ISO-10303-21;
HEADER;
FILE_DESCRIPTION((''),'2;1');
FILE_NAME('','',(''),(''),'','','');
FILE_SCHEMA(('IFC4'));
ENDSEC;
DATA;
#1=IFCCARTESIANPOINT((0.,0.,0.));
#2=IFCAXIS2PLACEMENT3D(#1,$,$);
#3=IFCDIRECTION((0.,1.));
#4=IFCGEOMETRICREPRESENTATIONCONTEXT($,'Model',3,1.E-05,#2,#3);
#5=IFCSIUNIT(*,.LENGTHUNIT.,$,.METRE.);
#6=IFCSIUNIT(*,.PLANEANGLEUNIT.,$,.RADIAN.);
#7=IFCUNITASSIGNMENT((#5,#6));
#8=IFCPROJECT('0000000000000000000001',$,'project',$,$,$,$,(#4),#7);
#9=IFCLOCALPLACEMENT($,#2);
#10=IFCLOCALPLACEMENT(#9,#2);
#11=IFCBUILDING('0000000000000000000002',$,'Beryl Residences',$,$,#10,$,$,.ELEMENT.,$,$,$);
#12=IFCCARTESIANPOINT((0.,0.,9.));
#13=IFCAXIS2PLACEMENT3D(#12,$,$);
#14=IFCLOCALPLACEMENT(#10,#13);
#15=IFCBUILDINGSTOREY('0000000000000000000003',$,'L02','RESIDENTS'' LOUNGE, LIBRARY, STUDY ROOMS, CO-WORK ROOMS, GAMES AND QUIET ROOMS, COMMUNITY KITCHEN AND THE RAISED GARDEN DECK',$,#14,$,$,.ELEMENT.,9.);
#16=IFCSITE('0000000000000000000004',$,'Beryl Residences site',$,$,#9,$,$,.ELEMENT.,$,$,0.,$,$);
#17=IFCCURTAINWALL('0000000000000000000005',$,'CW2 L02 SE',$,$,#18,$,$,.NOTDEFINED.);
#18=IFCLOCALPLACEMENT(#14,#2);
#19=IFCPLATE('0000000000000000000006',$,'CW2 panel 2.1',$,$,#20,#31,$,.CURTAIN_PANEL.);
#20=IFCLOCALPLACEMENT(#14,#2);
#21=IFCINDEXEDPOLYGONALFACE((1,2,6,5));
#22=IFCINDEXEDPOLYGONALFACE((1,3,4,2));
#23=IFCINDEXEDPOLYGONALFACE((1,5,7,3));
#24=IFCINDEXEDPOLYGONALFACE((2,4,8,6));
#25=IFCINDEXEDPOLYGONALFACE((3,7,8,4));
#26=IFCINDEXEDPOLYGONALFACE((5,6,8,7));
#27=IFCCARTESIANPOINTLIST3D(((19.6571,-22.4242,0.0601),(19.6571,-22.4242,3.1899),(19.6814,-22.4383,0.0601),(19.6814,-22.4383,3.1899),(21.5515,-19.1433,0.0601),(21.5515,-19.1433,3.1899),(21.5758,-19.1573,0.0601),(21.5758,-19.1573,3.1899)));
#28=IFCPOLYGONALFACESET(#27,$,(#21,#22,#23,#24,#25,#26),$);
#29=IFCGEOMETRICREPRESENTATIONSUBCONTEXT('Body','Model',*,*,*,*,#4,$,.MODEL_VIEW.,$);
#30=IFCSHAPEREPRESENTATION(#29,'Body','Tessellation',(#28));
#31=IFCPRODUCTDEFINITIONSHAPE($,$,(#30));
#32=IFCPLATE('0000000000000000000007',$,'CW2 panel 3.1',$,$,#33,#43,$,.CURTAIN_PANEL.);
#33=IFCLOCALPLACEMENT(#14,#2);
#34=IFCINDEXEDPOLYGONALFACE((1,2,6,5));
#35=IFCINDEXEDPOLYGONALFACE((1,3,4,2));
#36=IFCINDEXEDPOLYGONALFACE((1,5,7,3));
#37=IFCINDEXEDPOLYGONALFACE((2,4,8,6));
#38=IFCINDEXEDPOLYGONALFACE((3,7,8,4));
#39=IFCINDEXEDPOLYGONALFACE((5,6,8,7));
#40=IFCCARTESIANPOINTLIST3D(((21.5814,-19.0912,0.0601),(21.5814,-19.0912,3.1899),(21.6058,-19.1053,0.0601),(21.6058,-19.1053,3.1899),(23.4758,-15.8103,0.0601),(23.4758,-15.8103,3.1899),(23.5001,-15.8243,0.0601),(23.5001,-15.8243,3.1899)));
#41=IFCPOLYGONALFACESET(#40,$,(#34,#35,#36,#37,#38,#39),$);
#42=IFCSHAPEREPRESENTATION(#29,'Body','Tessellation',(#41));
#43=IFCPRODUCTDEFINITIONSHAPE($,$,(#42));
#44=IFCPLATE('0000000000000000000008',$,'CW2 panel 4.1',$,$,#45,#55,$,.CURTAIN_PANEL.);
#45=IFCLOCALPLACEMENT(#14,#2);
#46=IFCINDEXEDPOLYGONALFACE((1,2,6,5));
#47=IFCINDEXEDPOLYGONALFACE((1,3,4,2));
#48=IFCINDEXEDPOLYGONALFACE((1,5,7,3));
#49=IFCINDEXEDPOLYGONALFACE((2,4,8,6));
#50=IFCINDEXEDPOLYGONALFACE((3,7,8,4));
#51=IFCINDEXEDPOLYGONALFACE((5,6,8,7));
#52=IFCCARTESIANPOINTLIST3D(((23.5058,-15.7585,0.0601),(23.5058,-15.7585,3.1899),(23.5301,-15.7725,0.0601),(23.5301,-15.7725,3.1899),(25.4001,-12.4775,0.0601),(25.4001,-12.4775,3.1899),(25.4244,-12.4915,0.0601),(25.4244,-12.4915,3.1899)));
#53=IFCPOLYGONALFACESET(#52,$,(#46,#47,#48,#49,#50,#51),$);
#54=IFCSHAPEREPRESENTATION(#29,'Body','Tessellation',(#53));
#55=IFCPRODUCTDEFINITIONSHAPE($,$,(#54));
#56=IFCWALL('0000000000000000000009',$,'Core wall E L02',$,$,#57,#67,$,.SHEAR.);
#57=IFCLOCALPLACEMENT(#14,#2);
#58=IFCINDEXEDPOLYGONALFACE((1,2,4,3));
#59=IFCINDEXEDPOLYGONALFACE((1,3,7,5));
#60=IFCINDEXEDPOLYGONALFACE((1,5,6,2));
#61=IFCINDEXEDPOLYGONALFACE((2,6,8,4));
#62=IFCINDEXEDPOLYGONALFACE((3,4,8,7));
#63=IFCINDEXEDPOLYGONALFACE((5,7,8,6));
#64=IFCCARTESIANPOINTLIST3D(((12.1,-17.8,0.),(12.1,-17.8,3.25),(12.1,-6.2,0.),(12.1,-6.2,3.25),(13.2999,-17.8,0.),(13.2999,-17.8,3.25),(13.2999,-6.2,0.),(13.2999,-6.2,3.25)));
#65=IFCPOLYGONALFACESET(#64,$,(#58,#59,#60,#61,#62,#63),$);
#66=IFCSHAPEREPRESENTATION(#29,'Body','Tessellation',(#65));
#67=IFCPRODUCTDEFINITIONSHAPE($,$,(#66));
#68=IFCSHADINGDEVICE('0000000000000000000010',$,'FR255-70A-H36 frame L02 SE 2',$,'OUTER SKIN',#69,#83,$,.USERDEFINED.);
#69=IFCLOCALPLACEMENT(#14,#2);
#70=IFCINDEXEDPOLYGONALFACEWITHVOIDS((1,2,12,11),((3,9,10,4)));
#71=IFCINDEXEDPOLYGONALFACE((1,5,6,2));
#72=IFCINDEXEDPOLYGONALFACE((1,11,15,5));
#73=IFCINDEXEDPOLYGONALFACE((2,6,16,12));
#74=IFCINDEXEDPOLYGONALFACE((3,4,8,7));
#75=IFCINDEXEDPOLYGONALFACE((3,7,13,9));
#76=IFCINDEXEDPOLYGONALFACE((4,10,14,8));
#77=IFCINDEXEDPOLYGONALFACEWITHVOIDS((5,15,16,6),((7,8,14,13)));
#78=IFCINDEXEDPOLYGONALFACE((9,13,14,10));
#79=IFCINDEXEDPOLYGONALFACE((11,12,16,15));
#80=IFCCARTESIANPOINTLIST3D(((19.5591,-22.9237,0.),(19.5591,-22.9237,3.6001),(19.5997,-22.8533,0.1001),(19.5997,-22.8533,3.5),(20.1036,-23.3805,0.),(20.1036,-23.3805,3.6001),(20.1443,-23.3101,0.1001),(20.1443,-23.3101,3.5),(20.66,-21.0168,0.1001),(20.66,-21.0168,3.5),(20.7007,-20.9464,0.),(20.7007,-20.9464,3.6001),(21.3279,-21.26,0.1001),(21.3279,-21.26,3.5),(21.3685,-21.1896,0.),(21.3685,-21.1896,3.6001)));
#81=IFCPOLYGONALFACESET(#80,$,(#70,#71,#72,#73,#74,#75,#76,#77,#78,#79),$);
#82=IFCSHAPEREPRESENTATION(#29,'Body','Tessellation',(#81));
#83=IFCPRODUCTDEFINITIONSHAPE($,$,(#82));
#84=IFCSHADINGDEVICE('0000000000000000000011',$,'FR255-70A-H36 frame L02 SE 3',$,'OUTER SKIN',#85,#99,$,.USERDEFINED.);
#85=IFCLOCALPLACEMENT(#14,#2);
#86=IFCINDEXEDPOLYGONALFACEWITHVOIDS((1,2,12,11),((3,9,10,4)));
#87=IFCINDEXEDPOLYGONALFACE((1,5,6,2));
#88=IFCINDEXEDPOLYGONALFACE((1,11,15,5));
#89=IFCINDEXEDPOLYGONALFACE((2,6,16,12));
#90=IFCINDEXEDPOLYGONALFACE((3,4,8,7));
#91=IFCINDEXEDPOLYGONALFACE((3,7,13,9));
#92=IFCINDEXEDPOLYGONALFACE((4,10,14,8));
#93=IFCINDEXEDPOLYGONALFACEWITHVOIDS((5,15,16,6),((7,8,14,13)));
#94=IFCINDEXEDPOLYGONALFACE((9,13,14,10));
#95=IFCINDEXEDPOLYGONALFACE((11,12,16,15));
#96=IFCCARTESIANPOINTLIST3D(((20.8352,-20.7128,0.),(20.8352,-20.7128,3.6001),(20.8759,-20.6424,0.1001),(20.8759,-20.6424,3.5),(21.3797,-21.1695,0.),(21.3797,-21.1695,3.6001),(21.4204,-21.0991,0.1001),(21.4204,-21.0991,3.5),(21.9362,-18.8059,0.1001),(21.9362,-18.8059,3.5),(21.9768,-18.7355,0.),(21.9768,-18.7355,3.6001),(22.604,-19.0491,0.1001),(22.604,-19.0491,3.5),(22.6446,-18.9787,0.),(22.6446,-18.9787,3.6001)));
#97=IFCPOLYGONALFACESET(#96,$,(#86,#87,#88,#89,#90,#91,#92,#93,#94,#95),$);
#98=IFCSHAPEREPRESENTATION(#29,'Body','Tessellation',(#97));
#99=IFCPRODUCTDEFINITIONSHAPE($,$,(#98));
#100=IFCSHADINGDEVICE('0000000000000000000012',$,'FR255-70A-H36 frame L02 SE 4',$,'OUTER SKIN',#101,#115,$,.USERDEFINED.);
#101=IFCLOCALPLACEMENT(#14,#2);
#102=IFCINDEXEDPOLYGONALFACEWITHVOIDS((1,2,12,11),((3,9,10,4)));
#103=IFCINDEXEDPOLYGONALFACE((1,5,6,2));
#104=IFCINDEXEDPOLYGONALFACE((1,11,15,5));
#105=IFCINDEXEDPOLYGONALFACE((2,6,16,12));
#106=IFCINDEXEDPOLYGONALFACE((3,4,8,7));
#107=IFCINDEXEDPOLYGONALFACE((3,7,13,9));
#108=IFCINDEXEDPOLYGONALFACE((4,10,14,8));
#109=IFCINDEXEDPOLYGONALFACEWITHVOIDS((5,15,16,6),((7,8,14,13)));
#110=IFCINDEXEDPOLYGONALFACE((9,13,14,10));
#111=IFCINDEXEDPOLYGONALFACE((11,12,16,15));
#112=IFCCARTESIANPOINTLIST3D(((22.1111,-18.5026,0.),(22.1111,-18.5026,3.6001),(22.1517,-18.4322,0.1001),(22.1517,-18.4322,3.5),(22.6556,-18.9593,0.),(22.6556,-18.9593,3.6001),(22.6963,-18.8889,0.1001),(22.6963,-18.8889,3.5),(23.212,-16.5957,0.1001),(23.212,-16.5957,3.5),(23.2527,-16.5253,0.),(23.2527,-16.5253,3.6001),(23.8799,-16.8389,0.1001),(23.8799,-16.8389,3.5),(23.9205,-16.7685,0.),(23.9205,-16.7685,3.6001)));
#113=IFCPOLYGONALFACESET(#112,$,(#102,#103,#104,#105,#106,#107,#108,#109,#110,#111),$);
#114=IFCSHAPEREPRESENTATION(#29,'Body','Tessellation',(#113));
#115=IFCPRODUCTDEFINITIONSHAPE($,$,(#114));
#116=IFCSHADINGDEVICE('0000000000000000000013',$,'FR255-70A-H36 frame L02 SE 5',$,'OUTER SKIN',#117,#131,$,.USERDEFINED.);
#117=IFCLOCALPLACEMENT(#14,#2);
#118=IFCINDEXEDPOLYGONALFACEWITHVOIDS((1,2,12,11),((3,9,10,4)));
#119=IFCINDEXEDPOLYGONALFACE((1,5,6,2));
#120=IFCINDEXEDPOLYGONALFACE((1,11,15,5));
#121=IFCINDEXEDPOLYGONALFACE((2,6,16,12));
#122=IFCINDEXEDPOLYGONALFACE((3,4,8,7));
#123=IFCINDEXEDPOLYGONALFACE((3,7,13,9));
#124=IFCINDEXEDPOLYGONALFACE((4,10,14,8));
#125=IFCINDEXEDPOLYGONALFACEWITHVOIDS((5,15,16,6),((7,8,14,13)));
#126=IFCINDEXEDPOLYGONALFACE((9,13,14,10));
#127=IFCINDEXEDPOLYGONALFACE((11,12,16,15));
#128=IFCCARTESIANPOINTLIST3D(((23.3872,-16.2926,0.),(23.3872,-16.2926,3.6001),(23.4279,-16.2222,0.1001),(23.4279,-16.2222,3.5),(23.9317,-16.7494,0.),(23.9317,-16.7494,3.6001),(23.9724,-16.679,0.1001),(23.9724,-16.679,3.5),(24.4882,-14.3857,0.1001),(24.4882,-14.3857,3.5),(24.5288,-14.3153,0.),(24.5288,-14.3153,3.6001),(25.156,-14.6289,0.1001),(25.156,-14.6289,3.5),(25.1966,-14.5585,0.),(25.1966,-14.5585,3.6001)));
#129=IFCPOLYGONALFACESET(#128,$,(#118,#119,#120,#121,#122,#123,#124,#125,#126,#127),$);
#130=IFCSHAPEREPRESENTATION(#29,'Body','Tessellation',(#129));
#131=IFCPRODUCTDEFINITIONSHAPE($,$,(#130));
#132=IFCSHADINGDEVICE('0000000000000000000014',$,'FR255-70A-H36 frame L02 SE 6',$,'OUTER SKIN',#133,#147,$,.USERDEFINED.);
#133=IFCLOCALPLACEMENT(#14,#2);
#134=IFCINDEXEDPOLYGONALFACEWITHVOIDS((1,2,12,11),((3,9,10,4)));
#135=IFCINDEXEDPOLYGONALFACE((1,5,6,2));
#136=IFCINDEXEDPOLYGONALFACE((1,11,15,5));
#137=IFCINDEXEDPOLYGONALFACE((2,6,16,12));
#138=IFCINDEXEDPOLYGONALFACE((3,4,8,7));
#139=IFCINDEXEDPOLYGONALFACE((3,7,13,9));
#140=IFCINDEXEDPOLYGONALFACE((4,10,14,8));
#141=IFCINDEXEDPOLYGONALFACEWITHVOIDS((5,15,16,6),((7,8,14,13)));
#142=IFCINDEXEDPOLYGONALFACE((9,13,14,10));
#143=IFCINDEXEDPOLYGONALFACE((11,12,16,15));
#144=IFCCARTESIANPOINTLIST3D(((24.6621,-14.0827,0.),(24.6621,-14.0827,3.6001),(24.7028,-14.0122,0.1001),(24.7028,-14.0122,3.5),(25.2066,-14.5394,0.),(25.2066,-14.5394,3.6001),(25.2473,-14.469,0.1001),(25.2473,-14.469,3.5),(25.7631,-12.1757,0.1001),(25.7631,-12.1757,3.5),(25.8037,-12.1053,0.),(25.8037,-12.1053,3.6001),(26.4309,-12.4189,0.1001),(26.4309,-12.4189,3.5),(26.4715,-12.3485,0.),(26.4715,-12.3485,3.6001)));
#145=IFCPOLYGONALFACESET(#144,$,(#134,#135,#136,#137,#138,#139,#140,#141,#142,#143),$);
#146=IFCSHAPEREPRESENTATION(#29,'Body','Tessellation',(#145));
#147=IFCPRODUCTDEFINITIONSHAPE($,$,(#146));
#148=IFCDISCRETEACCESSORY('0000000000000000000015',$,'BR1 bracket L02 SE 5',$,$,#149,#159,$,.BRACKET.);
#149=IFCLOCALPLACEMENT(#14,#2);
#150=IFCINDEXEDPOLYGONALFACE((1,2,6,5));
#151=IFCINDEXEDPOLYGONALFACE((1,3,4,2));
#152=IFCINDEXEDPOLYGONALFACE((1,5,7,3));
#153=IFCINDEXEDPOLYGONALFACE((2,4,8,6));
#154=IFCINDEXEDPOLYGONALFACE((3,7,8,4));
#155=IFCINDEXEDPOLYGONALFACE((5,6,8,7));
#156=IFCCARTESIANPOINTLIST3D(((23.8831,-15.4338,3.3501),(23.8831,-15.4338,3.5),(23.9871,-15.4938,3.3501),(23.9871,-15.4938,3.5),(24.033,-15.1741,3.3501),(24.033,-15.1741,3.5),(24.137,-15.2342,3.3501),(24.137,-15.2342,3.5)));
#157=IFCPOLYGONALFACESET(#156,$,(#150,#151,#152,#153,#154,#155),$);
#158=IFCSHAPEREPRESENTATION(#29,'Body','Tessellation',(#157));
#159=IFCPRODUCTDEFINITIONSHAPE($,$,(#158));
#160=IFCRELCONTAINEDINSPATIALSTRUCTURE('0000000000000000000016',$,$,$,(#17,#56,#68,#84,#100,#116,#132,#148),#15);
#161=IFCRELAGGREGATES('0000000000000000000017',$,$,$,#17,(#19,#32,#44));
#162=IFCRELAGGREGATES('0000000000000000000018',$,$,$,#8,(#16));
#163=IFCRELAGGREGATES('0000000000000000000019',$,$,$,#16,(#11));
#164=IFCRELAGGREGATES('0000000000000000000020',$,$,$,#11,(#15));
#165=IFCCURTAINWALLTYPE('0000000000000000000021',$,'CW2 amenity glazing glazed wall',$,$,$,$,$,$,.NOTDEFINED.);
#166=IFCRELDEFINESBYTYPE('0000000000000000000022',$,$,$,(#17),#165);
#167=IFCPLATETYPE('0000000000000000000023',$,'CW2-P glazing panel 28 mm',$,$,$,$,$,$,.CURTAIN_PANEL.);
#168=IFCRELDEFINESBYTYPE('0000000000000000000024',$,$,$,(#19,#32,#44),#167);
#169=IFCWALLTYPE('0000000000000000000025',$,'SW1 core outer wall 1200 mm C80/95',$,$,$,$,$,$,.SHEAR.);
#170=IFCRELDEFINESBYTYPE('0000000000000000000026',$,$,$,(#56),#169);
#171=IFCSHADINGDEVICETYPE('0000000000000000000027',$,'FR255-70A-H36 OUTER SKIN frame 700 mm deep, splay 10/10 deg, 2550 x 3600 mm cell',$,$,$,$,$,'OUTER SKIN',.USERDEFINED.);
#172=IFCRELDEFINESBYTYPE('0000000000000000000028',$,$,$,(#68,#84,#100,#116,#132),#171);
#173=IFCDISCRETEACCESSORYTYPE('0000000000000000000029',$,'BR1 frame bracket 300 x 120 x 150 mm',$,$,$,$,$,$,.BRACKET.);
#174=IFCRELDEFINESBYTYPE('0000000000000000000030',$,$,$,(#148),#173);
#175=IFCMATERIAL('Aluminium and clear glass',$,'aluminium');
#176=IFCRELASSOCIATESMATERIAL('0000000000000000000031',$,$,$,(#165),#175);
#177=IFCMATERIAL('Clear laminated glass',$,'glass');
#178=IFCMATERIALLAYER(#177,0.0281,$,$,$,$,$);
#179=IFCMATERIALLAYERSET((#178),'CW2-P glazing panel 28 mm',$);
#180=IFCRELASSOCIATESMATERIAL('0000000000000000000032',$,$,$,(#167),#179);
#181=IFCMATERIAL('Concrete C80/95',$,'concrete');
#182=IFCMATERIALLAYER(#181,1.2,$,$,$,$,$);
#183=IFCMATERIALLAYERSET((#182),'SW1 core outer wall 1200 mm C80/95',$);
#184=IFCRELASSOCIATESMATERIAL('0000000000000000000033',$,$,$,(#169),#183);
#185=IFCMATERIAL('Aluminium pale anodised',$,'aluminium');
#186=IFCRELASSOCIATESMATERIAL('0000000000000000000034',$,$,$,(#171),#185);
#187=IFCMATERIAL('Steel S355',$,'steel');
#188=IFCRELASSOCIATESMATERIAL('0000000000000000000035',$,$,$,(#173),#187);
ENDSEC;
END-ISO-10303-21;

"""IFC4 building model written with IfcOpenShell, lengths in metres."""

from ifc_helpers import new_model, entity, si_unit, direction, frame, frame_2d, origin, origin_2d, place, context, subcontext, project, spatial, polyline, rectangle, outline, extrude, source, transform, mapped, material, layer, layer_set, type_object, type_shapes, element, aggregate, save


model = new_model("IFC4")

# Units and contexts
model_context = context("Model", 3, precision=1e-05, world=origin(), true_north=direction((0.0, 1.0)))
body_context = subcontext(model_context, "Body", "Model", "MODEL_VIEW")
ifc_project = project(units=[si_unit("LENGTHUNIT", "METRE"), si_unit("PLANEANGLEUNIT", "RADIAN")], contexts=[model_context])

# Site, building, storey
site_placement = place(None, origin())
site = spatial("IfcSite", under=ifc_project, at=site_placement, Name="Beryl Residences site", CompositionType="ELEMENT", RefElevation=0.0)
building_placement = place(site_placement, origin())
building = spatial("IfcBuilding", under=site, at=building_placement, Name="Beryl Residences", CompositionType="ELEMENT")
storey_placement = place(building_placement, frame((0.0, 0.0, 9.0)))
storey = spatial("IfcBuildingStorey", under=building, at=storey_placement, Name="L02", Description="RESIDENTS' LOUNGE, LIBRARY, STUDY ROOMS, CO-WORK ROOMS, GAMES AND QUIET ROOMS, COMMUNITY KITCHEN AND THE RAISED GARDEN DECK", CompositionType="ELEMENT", Elevation=9.0)

# Curtain wall
ifc_material_1 = material(Name="Aluminium and clear glass", Category="aluminium")
curtain_wall_type = type_object("IfcCurtainWallType", Name="CW2 amenity glazing glazed wall", PredefinedType="NOTDEFINED", material=ifc_material_1)
curtain_wall_placement = place(storey_placement, origin())
curtain_wall = element("IfcCurtainWall", 1, at=curtain_wall_placement, inside=storey, type_object=curtain_wall_type, Name="CW2 L02 SE", PredefinedType="NOTDEFINED")

# Plates
ifc_material_2 = material(Name="Clear laminated glass", Category="glass")
ifc_layer_1 = layer(ifc_material_2, 0.0281)
ifc_layer_set_1 = layer_set([ifc_layer_1], Name="CW2-P glazing panel 28 mm")
plate_type = type_object("IfcPlateType", Name="CW2-P glazing panel 28 mm", PredefinedType="CURTAIN_PANEL", material=ifc_layer_set_1)
plate_1_placement = place(storey_placement, frame((20.6165, -20.7908, 0.0601), z_axis=(0.0, 0.0, 1.0), x_axis=(0.500012, 0.866019, 0.0)))
plate_1 = element("IfcPlate", 2, at=plate_1_placement, type_object=plate_type, Name="CW2 panel 2.1", PredefinedType="CURTAIN_PANEL", context=body_context, shape_type="SweptSolid", body=[
    extrude(rectangle(XDim=3.7886, YDim=0.0281, at=origin_2d()), origin(), (0.0, 0.0, 1.0), 3.1299),
])
plate_2_placement = place(storey_placement, frame((22.5408, -17.4578, 0.0601), z_axis=(0.0, 0.0, 1.0), x_axis=(0.500012, 0.866019, 0.0)))
plate_2 = element("IfcPlate", 3, at=plate_2_placement, type_object=plate_type, Name="CW2 panel 3.1", PredefinedType="CURTAIN_PANEL", context=body_context, shape_type="SweptSolid", body=[
    extrude(rectangle(XDim=3.7886, YDim=0.0281, at=origin_2d()), origin(), (0.0, 0.0, 1.0), 3.1299),
])
plate_3_placement = place(storey_placement, frame((24.4651, -14.125, 0.0601), z_axis=(0.0, 0.0, 1.0), x_axis=(0.500012, 0.866019, 0.0)))
plate_3 = element("IfcPlate", 4, at=plate_3_placement, type_object=plate_type, Name="CW2 panel 4.1", PredefinedType="CURTAIN_PANEL", context=body_context, shape_type="SweptSolid", body=[
    extrude(rectangle(XDim=3.7886, YDim=0.0281, at=origin_2d()), origin(), (0.0, 0.0, 1.0), 3.1299),
])
aggregate(curtain_wall, [plate_1, plate_2, plate_3])

# Wall
ifc_material_3 = material(Name="Concrete C80/95", Category="concrete")
ifc_layer_2 = layer(ifc_material_3, 1.2)
ifc_layer_set_2 = layer_set([ifc_layer_2], Name="SW1 core outer wall 1200 mm C80/95")
wall_type = type_object("IfcWallType", Name="SW1 core outer wall 1200 mm C80/95", PredefinedType="SHEAR", material=ifc_layer_set_2)
wall_placement = place(storey_placement, frame((12.7, -17.8, 0.0), z_axis=(0.0, 0.0, 1.0), x_axis=(0.0, 1.0, 0.0)))
element("IfcWall", 5, at=wall_placement, inside=storey, type_object=wall_type, Name="Core wall E L02", PredefinedType="SHEAR", context=body_context, shape_type="SweptSolid", body=[
    extrude(rectangle(XDim=11.6001, YDim=1.2, at=frame_2d((5.8, 0.0))), origin(), (0.0, 0.0, 1.0), 3.25),
])

# Shading devices
ifc_material_4 = material(Name="Aluminium pale anodised", Category="aluminium")
shading_device_type = type_object("IfcShadingDeviceType", Name="FR255-70A-H36 OUTER SKIN frame 700 mm deep, splay 10/10 deg, 2550 x 3600 mm cell", ElementType="OUTER SKIN", PredefinedType="USERDEFINED", material=ifc_material_4)
cartesian_point_1 = entity("IfcCartesianPoint", [-1.1416, 0.0])
cartesian_point_2 = entity("IfcCartesianPoint", [-1.0603, 0.1001])
cartesian_point_3 = entity("IfcCartesianPoint", [-1.2649, 0.0])
cartesian_point_4 = entity("IfcCartesianPoint", [-1.1836, 0.1001])
shared_shape_1 = source(origin(), body_context, "Body", "SweptSolid", [
    entity("IfcExtrudedAreaSolidTapered", entity("IfcArbitraryProfileDefWithVoids", "AREA", None, entity("IfcPolyline", [cartesian_point_1, entity("IfcCartesianPoint", [1.1416, 0.0]), entity("IfcCartesianPoint", [1.1416, 3.6001]), entity("IfcCartesianPoint", [-1.1416, 3.6001]), cartesian_point_1]), [entity("IfcPolyline", [cartesian_point_2, entity("IfcCartesianPoint", [1.0603, 0.1001]), entity("IfcCartesianPoint", [1.0603, 3.5]), entity("IfcCartesianPoint", [-1.0603, 3.5]), cartesian_point_2])]), entity("IfcAxis2Placement3D", entity("IfcCartesianPoint", [0.0, 0.0, 0.0]), entity("IfcDirection", [0.0, 1.0, 0.0]), entity("IfcDirection", [-1.0, 0.0, 0.0])), entity("IfcDirection", [0.0, 0.0, 1.0]), 0.7, entity("IfcArbitraryProfileDefWithVoids", "AREA", None, entity("IfcPolyline", [cartesian_point_3, entity("IfcCartesianPoint", [1.2649, 0.0]), entity("IfcCartesianPoint", [1.2649, 3.6001]), entity("IfcCartesianPoint", [-1.2649, 3.6001]), cartesian_point_3]), [entity("IfcPolyline", [cartesian_point_4, entity("IfcCartesianPoint", [1.1836, 0.1001]), entity("IfcCartesianPoint", [1.1836, 3.5]), entity("IfcCartesianPoint", [-1.1836, 3.5]), cartesian_point_4])])),
])
type_shapes(shading_device_type, [shared_shape_1])
for number, where, z_axis, x_axis, name in (
    (6, (20.1299, -21.9351, 0.0), (0.0, 0.0, 1.0), (-0.5, -0.866025, 0.0), "FR255-70A-H36 frame L02 SE 2"),
    (7, (21.406, -19.7241, 0.0), (0.0, 0.0, 1.0), (-0.5, -0.866025, 0.0), "FR255-70A-H36 frame L02 SE 3"),
    (8, (22.6819, -17.5139, 0.0), (0.0, 0.0, 1.0), (-0.5, -0.866025, 0.0), "FR255-70A-H36 frame L02 SE 4"),
    (9, (23.958, -15.304, 0.0), (0.0, 0.0, 1.0), (-0.5, -0.866025, 0.0), "FR255-70A-H36 frame L02 SE 5"),
    (10, (25.2329, -13.094, 0.0), (0.0, 0.0, 1.0), (-0.5, -0.866025, 0.0), "FR255-70A-H36 frame L02 SE 6"),
):
    element("IfcShadingDevice", number, at=place(storey_placement, frame(where, z_axis=z_axis, x_axis=x_axis)), inside=storey, type_object=shading_device_type, Name=name, ObjectType="OUTER SKIN", PredefinedType="USERDEFINED", context=body_context, shape_type="MappedRepresentation", body=[
        mapped(shared_shape_1, transform((0.0, 0.0, 0.0))),
    ])

# Discrete accessory
ifc_material_5 = material(Name="Steel S355", Category="steel")
discrete_accessory_type = type_object("IfcDiscreteAccessoryType", Name="BR1 frame bracket 300 x 120 x 150 mm", PredefinedType="BRACKET", material=ifc_material_5)
shared_shape_2 = source(origin(), body_context, "Body", "SweptSolid", [
    extrude(outline(polyline([(-0.1499, 0.0), (0.1499, 0.0), (0.1499, 0.1201), (-0.1499, 0.1201), (-0.1499, 0.0)])), origin(), (0.0, 0.0, 1.0), 0.1499),
])
type_shapes(discrete_accessory_type, [shared_shape_2])
discrete_accessory_placement = place(storey_placement, frame((23.958, -15.304, 3.3501), z_axis=(0.0, 0.0, 1.0), x_axis=(-0.5, -0.866025, 0.0)))
element("IfcDiscreteAccessory", 11, at=discrete_accessory_placement, inside=storey, type_object=discrete_accessory_type, Name="BR1 bracket L02 SE 5", PredefinedType="BRACKET", context=body_context, shape_type="MappedRepresentation", body=[
    mapped(shared_shape_2, transform((0.0, 0.0, 0.0))),
])

save(model, "model.ifc")
